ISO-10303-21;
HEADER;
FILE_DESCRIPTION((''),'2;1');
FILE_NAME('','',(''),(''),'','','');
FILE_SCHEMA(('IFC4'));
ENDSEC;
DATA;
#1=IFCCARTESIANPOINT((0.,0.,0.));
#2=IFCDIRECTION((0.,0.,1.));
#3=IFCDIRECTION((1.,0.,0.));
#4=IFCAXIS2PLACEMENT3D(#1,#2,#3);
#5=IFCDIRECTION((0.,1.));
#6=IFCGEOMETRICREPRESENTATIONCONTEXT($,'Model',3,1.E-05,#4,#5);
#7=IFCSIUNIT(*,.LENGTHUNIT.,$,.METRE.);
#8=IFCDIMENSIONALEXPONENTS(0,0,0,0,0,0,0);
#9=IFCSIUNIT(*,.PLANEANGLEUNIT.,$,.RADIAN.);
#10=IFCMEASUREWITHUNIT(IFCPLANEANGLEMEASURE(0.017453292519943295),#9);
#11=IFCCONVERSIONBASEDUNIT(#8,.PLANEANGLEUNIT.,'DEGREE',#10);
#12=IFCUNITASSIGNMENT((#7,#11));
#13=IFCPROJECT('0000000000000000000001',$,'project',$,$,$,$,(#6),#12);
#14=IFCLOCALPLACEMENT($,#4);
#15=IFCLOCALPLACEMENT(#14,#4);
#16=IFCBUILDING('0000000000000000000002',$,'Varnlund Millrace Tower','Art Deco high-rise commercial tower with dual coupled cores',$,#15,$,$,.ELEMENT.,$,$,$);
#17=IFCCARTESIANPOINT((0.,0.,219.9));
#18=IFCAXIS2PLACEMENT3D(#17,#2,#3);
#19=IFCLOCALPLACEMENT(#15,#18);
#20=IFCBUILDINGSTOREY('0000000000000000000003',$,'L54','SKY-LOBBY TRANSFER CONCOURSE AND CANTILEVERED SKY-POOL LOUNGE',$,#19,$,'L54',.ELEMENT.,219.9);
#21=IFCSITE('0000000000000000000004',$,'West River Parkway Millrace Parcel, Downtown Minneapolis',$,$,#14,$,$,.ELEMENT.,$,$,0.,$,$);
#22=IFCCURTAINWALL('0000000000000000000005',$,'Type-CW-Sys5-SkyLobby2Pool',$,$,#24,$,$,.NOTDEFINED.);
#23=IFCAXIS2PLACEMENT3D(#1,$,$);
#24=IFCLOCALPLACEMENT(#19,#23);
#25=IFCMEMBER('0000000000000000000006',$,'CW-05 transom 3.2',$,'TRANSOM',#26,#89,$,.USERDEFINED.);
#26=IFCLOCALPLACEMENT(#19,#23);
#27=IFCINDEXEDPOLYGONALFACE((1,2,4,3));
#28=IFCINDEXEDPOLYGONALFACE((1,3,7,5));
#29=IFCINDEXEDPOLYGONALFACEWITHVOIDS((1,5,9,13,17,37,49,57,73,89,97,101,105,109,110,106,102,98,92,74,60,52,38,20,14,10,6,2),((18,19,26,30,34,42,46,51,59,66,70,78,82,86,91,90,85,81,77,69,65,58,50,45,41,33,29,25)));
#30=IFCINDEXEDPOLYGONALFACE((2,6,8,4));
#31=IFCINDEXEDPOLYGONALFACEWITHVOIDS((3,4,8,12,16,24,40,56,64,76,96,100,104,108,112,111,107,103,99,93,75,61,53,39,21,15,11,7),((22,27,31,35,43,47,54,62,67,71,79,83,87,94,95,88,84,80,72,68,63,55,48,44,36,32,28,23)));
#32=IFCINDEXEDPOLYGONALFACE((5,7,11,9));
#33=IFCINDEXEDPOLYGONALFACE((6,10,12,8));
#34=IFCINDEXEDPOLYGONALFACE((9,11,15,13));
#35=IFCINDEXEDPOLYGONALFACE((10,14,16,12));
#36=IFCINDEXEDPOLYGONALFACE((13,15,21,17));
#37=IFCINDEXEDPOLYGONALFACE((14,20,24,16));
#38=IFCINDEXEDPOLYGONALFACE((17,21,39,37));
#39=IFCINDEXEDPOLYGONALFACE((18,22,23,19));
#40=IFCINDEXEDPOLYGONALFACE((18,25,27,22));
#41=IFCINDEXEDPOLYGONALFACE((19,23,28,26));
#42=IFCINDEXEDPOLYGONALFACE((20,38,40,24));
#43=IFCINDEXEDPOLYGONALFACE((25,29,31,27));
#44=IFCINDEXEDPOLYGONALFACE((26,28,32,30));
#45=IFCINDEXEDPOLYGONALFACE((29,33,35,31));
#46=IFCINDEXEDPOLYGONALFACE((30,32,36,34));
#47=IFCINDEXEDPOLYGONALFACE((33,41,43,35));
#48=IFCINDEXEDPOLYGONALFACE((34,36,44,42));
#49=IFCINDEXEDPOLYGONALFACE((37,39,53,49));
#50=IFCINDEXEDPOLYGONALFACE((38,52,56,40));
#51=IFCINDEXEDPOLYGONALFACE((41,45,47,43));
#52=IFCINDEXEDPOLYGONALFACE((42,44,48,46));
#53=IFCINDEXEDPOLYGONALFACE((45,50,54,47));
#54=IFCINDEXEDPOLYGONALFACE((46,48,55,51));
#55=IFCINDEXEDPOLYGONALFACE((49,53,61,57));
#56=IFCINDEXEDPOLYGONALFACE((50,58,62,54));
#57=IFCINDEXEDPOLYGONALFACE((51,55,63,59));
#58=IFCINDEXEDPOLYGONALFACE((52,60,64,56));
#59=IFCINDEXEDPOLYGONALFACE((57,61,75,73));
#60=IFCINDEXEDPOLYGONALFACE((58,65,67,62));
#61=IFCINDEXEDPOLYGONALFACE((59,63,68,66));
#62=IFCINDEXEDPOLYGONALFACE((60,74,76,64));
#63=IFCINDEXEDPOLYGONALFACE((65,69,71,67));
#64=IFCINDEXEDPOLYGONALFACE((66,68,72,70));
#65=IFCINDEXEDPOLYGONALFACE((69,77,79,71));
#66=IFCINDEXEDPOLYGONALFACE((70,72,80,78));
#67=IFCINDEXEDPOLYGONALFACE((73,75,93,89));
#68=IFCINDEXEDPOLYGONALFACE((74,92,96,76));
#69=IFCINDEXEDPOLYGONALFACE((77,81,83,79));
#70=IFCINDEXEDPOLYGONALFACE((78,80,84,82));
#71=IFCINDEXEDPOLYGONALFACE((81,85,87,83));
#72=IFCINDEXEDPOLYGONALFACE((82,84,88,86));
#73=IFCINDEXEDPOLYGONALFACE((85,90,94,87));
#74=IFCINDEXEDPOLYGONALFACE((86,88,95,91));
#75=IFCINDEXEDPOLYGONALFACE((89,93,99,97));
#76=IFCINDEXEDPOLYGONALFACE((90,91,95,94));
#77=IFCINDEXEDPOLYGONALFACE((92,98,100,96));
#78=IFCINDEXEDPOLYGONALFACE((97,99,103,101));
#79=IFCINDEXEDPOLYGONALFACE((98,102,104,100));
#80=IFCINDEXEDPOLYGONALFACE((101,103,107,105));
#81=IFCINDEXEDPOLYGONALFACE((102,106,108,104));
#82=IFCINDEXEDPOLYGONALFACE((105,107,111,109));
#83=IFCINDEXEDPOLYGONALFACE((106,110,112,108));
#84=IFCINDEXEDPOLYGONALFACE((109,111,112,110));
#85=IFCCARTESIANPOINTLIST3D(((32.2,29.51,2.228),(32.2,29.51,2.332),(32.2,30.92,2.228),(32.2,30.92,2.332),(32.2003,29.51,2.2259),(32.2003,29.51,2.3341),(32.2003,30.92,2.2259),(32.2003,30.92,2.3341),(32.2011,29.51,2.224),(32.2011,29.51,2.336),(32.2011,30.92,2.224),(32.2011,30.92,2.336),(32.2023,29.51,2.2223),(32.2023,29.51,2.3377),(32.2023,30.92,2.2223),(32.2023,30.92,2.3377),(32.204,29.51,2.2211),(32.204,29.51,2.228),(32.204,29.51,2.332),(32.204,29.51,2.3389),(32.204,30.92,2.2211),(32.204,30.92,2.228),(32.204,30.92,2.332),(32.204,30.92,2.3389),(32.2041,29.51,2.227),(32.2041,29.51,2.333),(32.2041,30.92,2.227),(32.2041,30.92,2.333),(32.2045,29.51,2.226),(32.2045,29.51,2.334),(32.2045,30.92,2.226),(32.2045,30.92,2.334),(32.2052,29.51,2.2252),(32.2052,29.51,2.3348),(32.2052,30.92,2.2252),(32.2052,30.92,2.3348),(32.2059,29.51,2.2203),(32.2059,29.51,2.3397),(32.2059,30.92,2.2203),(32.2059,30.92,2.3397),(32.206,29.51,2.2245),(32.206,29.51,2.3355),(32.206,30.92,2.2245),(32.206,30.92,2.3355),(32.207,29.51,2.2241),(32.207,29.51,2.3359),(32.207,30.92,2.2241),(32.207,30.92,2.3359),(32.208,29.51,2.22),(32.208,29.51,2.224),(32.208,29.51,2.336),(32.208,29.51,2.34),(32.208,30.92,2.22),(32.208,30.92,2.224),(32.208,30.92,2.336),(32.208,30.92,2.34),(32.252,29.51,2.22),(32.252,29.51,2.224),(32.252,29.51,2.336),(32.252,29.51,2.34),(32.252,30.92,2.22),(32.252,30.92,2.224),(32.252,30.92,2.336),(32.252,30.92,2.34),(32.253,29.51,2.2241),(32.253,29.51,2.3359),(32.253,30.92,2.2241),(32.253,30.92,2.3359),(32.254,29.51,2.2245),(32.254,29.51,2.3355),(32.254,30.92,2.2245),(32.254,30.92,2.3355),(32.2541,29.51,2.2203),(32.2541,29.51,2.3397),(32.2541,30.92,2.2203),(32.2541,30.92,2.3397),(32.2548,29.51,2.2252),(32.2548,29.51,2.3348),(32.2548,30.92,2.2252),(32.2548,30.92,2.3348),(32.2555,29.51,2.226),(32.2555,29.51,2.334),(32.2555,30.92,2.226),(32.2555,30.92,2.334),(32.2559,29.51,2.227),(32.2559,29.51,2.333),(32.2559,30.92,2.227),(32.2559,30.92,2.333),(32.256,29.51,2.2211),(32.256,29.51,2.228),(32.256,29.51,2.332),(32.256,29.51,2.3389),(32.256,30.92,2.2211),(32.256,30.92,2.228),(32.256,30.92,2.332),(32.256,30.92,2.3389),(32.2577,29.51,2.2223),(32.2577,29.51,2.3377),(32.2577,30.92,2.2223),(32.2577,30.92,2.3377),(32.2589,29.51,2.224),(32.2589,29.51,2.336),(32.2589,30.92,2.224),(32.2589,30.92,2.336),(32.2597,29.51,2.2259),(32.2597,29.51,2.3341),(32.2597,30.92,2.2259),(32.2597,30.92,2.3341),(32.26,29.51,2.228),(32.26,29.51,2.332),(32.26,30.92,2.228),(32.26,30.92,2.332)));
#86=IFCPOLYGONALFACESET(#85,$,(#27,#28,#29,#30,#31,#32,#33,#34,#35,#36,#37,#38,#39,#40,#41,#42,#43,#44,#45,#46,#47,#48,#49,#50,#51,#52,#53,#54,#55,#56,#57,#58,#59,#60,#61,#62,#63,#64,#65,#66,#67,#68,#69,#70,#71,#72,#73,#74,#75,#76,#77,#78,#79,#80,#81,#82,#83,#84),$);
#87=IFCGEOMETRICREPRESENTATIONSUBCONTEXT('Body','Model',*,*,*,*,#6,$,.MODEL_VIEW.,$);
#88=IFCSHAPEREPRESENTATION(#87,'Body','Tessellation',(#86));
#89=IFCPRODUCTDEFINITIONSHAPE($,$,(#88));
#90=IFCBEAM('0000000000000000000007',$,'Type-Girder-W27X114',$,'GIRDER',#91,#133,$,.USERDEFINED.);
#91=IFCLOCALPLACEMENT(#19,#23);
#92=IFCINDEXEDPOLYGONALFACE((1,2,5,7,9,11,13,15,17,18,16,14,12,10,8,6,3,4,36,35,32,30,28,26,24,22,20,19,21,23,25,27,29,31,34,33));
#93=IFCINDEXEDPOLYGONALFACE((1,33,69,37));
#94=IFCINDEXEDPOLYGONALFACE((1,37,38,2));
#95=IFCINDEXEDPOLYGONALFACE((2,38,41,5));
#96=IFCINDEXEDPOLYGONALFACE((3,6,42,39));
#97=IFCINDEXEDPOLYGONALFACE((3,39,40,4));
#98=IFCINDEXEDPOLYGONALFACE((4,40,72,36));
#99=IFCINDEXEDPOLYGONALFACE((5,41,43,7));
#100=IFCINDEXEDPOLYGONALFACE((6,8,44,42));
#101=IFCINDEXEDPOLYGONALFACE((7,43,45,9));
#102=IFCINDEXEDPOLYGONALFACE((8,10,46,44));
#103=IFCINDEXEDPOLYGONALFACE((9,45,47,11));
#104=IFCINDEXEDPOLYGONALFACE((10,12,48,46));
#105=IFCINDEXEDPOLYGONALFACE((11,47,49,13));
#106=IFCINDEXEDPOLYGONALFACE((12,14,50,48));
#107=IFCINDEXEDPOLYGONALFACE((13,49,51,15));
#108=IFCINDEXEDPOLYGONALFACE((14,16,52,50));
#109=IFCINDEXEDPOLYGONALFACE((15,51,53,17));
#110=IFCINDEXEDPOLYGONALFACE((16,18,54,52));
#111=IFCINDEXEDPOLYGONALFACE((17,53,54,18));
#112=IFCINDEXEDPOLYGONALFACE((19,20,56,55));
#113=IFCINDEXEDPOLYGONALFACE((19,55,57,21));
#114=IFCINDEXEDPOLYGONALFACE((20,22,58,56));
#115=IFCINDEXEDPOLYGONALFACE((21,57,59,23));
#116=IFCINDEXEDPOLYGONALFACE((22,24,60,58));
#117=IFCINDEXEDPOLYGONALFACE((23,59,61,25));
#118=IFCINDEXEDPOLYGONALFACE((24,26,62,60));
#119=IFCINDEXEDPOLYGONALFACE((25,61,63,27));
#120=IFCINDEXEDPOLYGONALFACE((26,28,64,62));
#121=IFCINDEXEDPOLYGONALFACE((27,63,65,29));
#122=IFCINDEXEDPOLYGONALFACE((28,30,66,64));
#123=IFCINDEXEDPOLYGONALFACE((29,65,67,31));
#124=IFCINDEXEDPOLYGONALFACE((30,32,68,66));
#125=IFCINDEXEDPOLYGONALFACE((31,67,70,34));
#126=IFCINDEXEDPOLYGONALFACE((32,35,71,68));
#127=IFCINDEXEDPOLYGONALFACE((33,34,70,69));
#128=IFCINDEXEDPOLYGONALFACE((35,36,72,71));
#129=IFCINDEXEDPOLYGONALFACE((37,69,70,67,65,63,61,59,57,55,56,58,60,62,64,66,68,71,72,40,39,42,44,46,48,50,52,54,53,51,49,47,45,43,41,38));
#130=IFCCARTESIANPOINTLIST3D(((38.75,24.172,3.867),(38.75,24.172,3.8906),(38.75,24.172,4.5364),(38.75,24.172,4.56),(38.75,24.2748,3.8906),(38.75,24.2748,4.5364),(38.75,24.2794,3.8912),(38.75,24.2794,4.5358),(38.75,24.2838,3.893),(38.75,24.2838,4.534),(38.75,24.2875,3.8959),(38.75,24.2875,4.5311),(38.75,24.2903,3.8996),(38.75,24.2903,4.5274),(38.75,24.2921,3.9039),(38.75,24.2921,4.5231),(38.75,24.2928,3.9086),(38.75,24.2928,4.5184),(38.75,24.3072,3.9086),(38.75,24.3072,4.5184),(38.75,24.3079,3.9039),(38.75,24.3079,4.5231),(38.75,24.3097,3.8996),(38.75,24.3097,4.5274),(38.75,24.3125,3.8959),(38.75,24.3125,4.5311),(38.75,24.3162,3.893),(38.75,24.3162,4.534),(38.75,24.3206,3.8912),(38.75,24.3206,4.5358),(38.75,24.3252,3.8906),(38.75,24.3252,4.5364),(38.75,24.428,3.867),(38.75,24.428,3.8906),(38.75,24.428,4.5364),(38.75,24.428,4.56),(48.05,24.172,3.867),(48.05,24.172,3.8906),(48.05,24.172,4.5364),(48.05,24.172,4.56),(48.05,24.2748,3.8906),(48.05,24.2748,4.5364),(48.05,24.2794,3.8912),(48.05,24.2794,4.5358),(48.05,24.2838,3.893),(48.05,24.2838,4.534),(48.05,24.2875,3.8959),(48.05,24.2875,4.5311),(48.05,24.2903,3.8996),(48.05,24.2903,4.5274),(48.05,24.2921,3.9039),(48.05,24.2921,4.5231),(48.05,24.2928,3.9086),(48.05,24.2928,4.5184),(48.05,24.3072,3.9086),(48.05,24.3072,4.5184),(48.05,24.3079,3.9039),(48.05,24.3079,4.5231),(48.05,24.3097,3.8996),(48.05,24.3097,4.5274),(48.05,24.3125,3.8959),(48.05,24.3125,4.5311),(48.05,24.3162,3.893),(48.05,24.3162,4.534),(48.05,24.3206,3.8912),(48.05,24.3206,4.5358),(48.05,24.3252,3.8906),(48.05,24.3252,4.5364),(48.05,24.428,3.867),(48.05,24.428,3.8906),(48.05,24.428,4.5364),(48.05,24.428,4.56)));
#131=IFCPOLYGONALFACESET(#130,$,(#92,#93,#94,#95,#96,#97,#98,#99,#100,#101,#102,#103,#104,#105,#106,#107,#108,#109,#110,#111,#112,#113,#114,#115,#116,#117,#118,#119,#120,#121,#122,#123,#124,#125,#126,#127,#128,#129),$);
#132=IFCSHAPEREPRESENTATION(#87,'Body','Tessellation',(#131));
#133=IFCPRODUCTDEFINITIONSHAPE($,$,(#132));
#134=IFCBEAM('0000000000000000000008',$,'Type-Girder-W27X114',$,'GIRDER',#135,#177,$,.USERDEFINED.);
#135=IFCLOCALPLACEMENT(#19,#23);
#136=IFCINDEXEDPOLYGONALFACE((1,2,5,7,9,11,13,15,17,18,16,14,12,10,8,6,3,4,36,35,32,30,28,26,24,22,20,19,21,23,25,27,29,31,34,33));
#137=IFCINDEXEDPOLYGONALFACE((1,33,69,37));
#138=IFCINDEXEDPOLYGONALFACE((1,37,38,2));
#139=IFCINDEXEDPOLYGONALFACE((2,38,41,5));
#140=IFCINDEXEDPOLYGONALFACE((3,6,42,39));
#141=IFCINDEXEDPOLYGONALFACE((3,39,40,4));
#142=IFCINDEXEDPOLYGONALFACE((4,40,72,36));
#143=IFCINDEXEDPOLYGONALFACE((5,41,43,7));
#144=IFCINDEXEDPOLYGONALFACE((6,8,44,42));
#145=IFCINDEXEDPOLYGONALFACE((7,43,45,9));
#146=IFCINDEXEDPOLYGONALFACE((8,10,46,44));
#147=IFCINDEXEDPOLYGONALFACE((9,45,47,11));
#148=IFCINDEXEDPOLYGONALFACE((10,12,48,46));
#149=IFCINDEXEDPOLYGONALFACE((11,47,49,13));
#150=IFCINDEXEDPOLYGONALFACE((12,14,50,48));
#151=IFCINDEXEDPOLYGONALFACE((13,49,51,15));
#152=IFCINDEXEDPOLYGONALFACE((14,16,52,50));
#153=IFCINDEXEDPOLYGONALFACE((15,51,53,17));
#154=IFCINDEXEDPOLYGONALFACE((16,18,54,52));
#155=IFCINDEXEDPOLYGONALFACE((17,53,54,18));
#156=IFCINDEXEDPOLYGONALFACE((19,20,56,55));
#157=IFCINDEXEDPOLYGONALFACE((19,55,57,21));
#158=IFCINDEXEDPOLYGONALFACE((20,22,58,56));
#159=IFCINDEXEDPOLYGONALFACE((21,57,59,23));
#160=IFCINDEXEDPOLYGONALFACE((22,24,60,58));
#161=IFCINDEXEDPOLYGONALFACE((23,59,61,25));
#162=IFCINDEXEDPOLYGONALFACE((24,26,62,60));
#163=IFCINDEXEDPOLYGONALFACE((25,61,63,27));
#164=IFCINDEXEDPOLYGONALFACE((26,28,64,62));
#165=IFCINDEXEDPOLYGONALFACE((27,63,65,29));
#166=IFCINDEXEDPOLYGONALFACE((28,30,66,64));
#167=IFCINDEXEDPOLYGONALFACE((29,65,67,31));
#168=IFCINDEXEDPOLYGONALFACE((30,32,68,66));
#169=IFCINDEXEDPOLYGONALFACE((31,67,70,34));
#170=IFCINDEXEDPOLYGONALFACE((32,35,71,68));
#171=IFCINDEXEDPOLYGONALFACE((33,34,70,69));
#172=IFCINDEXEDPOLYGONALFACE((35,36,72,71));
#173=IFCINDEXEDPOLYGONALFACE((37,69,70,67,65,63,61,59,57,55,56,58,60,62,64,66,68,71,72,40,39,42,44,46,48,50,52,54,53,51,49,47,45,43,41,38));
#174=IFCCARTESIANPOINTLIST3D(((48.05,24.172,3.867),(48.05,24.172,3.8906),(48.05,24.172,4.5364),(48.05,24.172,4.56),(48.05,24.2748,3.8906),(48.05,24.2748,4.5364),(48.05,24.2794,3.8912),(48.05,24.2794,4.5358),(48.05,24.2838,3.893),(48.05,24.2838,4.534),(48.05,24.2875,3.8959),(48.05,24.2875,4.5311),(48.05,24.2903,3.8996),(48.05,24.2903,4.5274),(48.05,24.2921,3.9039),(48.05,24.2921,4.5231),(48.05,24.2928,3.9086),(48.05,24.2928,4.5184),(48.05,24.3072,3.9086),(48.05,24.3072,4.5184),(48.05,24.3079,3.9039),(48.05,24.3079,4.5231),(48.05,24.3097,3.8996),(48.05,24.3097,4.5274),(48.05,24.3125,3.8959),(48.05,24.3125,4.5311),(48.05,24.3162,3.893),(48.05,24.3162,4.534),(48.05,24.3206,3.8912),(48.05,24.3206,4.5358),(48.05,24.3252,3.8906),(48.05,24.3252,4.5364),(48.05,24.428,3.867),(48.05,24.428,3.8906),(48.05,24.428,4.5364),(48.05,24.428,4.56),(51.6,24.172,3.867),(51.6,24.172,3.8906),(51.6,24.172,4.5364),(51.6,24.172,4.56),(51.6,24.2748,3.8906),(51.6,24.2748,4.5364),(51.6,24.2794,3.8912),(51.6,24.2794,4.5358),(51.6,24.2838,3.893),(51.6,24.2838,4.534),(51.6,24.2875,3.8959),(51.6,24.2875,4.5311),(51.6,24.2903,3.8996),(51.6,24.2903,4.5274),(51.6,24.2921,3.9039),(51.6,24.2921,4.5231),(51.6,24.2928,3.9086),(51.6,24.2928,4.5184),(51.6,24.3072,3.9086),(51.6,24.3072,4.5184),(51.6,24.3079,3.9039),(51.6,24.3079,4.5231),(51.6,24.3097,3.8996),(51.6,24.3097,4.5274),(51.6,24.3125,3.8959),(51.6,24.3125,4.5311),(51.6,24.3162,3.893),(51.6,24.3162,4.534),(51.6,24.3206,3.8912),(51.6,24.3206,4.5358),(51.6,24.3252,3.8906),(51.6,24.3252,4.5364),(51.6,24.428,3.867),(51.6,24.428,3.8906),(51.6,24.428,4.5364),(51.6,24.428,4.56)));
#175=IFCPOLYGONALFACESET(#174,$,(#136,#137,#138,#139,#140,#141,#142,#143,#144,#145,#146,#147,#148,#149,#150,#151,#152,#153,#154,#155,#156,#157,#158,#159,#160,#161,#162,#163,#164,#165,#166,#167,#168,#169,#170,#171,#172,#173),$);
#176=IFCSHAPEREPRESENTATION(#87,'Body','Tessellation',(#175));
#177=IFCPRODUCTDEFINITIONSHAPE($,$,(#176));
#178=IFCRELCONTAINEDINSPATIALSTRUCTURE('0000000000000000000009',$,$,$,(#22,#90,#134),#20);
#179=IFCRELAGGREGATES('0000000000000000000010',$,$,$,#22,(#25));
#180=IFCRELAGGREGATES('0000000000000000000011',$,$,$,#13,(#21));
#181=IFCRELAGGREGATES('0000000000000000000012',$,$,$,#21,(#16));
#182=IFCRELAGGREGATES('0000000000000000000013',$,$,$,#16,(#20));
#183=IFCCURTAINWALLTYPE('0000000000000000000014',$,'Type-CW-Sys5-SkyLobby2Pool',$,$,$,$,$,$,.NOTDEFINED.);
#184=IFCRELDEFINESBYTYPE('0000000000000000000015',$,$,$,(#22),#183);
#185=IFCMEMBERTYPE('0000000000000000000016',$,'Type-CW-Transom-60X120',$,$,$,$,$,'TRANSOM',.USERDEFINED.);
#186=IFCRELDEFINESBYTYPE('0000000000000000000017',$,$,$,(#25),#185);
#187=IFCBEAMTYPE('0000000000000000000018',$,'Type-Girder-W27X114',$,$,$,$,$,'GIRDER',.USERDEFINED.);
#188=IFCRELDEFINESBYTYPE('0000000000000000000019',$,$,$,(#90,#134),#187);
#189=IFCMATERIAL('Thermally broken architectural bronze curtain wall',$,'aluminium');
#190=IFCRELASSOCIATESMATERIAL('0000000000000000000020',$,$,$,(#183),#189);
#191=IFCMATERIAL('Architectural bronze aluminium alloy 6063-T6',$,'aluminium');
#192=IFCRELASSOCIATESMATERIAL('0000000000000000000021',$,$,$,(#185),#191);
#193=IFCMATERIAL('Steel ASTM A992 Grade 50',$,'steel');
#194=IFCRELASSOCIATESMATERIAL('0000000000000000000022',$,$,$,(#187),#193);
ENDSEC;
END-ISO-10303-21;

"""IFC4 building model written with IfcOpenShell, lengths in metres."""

from ifc_helpers import new_model, entity, si_unit, converted_unit, direction, frame, origin_with_axes, origin_2d_with_axis, place, context, subcontext, project, spatial, hollow_rectangle, i_section, extrude, material, material_profile, profile_set, type_object, element, aggregate, save


model = new_model("IFC4")

# Units and contexts
model_context = context("Model", 3, precision=1e-05, world=origin_with_axes(), true_north=direction((0.0, 1.0)))
body_context = subcontext(model_context, "Body", "Model", "MODEL_VIEW")
ifc_project = project(units=[si_unit("LENGTHUNIT", "METRE"), converted_unit("PLANEANGLEUNIT", "DEGREE", entity("IfcPlaneAngleMeasure", 0.017453292519943295), si_unit("PLANEANGLEUNIT", "RADIAN"), dimensions=[0, 0, 0, 0, 0, 0, 0])], contexts=[model_context])

# Site, building, storey
site_placement = place(None, origin_with_axes())
site = spatial("IfcSite", under=ifc_project, at=site_placement, Name="West River Parkway Millrace Parcel, Downtown Minneapolis", CompositionType="ELEMENT", RefElevation=0.0)
building_placement = place(site_placement, origin_with_axes())
building = spatial("IfcBuilding", under=site, at=building_placement, Name="Varnlund Millrace Tower", Description="Art Deco high-rise commercial tower with dual coupled cores", CompositionType="ELEMENT")
storey_placement = place(building_placement, frame((0.0, 0.0, 219.9), z_axis=(0.0, 0.0, 1.0), x_axis=(1.0, 0.0, 0.0)))
storey = spatial("IfcBuildingStorey", under=building, at=storey_placement, Name="L54", Description="SKY-LOBBY TRANSFER CONCOURSE AND CANTILEVERED SKY-POOL LOUNGE", LongName="L54", CompositionType="ELEMENT", Elevation=219.9)

# Curtain wall, member
ifc_material_1 = material(Name="Thermally broken architectural bronze curtain wall", Category="aluminium")
curtain_wall_type = type_object("IfcCurtainWallType", Name="Type-CW-Sys5-SkyLobby2Pool", PredefinedType="NOTDEFINED", material=ifc_material_1)
curtain_wall_placement = place(storey_placement, frame((32.23, 33.95, 0.0), z_axis=(0.0, 0.0, 1.0), x_axis=(1.0, 0.0, 0.0)))
curtain_wall = element("IfcCurtainWall", 1, at=curtain_wall_placement, inside=storey, type_object=curtain_wall_type, Name="Type-CW-Sys5-SkyLobby2Pool", PredefinedType="NOTDEFINED")
ifc_material_2 = material(Name="Architectural bronze aluminium alloy 6063-T6", Category="aluminium")
ifc_material_profile_1 = material_profile(ifc_material_2, hollow_rectangle(XDim=0.06, YDim=0.12, WallThickness=0.004, InnerFilletRadius=0.004, OuterFilletRadius=0.008, at=origin_2d_with_axis()), Name="Architectural bronze aluminium alloy 6063-T6")
ifc_profile_set_1 = profile_set([ifc_material_profile_1], Name="Architectural bronze aluminium alloy 6063-T6")
member_type_1 = type_object("IfcMemberType", Name="Type-CW-Transom-60X120", ElementType="TRANSOM", PredefinedType="USERDEFINED", material=ifc_profile_set_1)
member_1_placement = place(storey_placement, frame((32.23, 30.92, 2.28), z_axis=(0.0, -1.0, 0.0), x_axis=(1.0, 0.0, 0.0)))
member_1 = element("IfcMember", 2, at=member_1_placement, type_object=member_type_1, Name="CW-05 transom 3.2", ObjectType="TRANSOM", PredefinedType="USERDEFINED", context=body_context, shape_type="SweptSolid", body=[
    extrude(hollow_rectangle(XDim=0.06, YDim=0.12, WallThickness=0.004, InnerFilletRadius=0.004, OuterFilletRadius=0.008, at=origin_2d_with_axis()), origin_with_axes(), (0.0, 0.0, 1.0), 1.41),
])

# Beams
ifc_material_3 = material(Name="Steel ASTM A992 Grade 50", Category="steel")
ifc_material_profile_2 = material_profile(ifc_material_3, i_section(OverallWidth=0.256, OverallDepth=0.693, WebThickness=0.0145, FlangeThickness=0.0236, FilletRadius=0.018, at=origin_2d_with_axis()), Name="Steel ASTM A992 Grade 50")
ifc_profile_set_2 = profile_set([ifc_material_profile_2], Name="Steel ASTM A992 Grade 50")
beam_type_1 = type_object("IfcBeamType", Name="Type-Girder-W27X114", ElementType="GIRDER", PredefinedType="USERDEFINED", material=ifc_profile_set_2)
beam_1_placement = place(storey_placement, frame((38.75, 24.3, 4.2135), z_axis=(1.0, 0.0, 0.0), x_axis=(0.0, 1.0, 0.0)))
element("IfcBeam", 3, at=beam_1_placement, inside=storey, type_object=beam_type_1, Name="Type-Girder-W27X114", ObjectType="GIRDER", PredefinedType="USERDEFINED", context=body_context, shape_type="SweptSolid", body=[
    extrude(i_section(OverallWidth=0.256, OverallDepth=0.693, WebThickness=0.0145, FlangeThickness=0.0236, FilletRadius=0.018, at=origin_2d_with_axis()), origin_with_axes(), (0.0, 0.0, 1.0), 9.3),
])
beam_2_placement = place(storey_placement, frame((48.05, 24.3, 4.2135), z_axis=(1.0, 0.0, 0.0), x_axis=(0.0, 1.0, 0.0)))
element("IfcBeam", 4, at=beam_2_placement, inside=storey, type_object=beam_type_1, Name="Type-Girder-W27X114", ObjectType="GIRDER", PredefinedType="USERDEFINED", context=body_context, shape_type="SweptSolid", body=[
    extrude(i_section(OverallWidth=0.256, OverallDepth=0.693, WebThickness=0.0145, FlangeThickness=0.0236, FilletRadius=0.018, at=origin_2d_with_axis()), origin_with_axes(), (0.0, 0.0, 1.0), 3.55),
])

aggregate(curtain_wall, [member_1])

save(model, "model.ifc")
